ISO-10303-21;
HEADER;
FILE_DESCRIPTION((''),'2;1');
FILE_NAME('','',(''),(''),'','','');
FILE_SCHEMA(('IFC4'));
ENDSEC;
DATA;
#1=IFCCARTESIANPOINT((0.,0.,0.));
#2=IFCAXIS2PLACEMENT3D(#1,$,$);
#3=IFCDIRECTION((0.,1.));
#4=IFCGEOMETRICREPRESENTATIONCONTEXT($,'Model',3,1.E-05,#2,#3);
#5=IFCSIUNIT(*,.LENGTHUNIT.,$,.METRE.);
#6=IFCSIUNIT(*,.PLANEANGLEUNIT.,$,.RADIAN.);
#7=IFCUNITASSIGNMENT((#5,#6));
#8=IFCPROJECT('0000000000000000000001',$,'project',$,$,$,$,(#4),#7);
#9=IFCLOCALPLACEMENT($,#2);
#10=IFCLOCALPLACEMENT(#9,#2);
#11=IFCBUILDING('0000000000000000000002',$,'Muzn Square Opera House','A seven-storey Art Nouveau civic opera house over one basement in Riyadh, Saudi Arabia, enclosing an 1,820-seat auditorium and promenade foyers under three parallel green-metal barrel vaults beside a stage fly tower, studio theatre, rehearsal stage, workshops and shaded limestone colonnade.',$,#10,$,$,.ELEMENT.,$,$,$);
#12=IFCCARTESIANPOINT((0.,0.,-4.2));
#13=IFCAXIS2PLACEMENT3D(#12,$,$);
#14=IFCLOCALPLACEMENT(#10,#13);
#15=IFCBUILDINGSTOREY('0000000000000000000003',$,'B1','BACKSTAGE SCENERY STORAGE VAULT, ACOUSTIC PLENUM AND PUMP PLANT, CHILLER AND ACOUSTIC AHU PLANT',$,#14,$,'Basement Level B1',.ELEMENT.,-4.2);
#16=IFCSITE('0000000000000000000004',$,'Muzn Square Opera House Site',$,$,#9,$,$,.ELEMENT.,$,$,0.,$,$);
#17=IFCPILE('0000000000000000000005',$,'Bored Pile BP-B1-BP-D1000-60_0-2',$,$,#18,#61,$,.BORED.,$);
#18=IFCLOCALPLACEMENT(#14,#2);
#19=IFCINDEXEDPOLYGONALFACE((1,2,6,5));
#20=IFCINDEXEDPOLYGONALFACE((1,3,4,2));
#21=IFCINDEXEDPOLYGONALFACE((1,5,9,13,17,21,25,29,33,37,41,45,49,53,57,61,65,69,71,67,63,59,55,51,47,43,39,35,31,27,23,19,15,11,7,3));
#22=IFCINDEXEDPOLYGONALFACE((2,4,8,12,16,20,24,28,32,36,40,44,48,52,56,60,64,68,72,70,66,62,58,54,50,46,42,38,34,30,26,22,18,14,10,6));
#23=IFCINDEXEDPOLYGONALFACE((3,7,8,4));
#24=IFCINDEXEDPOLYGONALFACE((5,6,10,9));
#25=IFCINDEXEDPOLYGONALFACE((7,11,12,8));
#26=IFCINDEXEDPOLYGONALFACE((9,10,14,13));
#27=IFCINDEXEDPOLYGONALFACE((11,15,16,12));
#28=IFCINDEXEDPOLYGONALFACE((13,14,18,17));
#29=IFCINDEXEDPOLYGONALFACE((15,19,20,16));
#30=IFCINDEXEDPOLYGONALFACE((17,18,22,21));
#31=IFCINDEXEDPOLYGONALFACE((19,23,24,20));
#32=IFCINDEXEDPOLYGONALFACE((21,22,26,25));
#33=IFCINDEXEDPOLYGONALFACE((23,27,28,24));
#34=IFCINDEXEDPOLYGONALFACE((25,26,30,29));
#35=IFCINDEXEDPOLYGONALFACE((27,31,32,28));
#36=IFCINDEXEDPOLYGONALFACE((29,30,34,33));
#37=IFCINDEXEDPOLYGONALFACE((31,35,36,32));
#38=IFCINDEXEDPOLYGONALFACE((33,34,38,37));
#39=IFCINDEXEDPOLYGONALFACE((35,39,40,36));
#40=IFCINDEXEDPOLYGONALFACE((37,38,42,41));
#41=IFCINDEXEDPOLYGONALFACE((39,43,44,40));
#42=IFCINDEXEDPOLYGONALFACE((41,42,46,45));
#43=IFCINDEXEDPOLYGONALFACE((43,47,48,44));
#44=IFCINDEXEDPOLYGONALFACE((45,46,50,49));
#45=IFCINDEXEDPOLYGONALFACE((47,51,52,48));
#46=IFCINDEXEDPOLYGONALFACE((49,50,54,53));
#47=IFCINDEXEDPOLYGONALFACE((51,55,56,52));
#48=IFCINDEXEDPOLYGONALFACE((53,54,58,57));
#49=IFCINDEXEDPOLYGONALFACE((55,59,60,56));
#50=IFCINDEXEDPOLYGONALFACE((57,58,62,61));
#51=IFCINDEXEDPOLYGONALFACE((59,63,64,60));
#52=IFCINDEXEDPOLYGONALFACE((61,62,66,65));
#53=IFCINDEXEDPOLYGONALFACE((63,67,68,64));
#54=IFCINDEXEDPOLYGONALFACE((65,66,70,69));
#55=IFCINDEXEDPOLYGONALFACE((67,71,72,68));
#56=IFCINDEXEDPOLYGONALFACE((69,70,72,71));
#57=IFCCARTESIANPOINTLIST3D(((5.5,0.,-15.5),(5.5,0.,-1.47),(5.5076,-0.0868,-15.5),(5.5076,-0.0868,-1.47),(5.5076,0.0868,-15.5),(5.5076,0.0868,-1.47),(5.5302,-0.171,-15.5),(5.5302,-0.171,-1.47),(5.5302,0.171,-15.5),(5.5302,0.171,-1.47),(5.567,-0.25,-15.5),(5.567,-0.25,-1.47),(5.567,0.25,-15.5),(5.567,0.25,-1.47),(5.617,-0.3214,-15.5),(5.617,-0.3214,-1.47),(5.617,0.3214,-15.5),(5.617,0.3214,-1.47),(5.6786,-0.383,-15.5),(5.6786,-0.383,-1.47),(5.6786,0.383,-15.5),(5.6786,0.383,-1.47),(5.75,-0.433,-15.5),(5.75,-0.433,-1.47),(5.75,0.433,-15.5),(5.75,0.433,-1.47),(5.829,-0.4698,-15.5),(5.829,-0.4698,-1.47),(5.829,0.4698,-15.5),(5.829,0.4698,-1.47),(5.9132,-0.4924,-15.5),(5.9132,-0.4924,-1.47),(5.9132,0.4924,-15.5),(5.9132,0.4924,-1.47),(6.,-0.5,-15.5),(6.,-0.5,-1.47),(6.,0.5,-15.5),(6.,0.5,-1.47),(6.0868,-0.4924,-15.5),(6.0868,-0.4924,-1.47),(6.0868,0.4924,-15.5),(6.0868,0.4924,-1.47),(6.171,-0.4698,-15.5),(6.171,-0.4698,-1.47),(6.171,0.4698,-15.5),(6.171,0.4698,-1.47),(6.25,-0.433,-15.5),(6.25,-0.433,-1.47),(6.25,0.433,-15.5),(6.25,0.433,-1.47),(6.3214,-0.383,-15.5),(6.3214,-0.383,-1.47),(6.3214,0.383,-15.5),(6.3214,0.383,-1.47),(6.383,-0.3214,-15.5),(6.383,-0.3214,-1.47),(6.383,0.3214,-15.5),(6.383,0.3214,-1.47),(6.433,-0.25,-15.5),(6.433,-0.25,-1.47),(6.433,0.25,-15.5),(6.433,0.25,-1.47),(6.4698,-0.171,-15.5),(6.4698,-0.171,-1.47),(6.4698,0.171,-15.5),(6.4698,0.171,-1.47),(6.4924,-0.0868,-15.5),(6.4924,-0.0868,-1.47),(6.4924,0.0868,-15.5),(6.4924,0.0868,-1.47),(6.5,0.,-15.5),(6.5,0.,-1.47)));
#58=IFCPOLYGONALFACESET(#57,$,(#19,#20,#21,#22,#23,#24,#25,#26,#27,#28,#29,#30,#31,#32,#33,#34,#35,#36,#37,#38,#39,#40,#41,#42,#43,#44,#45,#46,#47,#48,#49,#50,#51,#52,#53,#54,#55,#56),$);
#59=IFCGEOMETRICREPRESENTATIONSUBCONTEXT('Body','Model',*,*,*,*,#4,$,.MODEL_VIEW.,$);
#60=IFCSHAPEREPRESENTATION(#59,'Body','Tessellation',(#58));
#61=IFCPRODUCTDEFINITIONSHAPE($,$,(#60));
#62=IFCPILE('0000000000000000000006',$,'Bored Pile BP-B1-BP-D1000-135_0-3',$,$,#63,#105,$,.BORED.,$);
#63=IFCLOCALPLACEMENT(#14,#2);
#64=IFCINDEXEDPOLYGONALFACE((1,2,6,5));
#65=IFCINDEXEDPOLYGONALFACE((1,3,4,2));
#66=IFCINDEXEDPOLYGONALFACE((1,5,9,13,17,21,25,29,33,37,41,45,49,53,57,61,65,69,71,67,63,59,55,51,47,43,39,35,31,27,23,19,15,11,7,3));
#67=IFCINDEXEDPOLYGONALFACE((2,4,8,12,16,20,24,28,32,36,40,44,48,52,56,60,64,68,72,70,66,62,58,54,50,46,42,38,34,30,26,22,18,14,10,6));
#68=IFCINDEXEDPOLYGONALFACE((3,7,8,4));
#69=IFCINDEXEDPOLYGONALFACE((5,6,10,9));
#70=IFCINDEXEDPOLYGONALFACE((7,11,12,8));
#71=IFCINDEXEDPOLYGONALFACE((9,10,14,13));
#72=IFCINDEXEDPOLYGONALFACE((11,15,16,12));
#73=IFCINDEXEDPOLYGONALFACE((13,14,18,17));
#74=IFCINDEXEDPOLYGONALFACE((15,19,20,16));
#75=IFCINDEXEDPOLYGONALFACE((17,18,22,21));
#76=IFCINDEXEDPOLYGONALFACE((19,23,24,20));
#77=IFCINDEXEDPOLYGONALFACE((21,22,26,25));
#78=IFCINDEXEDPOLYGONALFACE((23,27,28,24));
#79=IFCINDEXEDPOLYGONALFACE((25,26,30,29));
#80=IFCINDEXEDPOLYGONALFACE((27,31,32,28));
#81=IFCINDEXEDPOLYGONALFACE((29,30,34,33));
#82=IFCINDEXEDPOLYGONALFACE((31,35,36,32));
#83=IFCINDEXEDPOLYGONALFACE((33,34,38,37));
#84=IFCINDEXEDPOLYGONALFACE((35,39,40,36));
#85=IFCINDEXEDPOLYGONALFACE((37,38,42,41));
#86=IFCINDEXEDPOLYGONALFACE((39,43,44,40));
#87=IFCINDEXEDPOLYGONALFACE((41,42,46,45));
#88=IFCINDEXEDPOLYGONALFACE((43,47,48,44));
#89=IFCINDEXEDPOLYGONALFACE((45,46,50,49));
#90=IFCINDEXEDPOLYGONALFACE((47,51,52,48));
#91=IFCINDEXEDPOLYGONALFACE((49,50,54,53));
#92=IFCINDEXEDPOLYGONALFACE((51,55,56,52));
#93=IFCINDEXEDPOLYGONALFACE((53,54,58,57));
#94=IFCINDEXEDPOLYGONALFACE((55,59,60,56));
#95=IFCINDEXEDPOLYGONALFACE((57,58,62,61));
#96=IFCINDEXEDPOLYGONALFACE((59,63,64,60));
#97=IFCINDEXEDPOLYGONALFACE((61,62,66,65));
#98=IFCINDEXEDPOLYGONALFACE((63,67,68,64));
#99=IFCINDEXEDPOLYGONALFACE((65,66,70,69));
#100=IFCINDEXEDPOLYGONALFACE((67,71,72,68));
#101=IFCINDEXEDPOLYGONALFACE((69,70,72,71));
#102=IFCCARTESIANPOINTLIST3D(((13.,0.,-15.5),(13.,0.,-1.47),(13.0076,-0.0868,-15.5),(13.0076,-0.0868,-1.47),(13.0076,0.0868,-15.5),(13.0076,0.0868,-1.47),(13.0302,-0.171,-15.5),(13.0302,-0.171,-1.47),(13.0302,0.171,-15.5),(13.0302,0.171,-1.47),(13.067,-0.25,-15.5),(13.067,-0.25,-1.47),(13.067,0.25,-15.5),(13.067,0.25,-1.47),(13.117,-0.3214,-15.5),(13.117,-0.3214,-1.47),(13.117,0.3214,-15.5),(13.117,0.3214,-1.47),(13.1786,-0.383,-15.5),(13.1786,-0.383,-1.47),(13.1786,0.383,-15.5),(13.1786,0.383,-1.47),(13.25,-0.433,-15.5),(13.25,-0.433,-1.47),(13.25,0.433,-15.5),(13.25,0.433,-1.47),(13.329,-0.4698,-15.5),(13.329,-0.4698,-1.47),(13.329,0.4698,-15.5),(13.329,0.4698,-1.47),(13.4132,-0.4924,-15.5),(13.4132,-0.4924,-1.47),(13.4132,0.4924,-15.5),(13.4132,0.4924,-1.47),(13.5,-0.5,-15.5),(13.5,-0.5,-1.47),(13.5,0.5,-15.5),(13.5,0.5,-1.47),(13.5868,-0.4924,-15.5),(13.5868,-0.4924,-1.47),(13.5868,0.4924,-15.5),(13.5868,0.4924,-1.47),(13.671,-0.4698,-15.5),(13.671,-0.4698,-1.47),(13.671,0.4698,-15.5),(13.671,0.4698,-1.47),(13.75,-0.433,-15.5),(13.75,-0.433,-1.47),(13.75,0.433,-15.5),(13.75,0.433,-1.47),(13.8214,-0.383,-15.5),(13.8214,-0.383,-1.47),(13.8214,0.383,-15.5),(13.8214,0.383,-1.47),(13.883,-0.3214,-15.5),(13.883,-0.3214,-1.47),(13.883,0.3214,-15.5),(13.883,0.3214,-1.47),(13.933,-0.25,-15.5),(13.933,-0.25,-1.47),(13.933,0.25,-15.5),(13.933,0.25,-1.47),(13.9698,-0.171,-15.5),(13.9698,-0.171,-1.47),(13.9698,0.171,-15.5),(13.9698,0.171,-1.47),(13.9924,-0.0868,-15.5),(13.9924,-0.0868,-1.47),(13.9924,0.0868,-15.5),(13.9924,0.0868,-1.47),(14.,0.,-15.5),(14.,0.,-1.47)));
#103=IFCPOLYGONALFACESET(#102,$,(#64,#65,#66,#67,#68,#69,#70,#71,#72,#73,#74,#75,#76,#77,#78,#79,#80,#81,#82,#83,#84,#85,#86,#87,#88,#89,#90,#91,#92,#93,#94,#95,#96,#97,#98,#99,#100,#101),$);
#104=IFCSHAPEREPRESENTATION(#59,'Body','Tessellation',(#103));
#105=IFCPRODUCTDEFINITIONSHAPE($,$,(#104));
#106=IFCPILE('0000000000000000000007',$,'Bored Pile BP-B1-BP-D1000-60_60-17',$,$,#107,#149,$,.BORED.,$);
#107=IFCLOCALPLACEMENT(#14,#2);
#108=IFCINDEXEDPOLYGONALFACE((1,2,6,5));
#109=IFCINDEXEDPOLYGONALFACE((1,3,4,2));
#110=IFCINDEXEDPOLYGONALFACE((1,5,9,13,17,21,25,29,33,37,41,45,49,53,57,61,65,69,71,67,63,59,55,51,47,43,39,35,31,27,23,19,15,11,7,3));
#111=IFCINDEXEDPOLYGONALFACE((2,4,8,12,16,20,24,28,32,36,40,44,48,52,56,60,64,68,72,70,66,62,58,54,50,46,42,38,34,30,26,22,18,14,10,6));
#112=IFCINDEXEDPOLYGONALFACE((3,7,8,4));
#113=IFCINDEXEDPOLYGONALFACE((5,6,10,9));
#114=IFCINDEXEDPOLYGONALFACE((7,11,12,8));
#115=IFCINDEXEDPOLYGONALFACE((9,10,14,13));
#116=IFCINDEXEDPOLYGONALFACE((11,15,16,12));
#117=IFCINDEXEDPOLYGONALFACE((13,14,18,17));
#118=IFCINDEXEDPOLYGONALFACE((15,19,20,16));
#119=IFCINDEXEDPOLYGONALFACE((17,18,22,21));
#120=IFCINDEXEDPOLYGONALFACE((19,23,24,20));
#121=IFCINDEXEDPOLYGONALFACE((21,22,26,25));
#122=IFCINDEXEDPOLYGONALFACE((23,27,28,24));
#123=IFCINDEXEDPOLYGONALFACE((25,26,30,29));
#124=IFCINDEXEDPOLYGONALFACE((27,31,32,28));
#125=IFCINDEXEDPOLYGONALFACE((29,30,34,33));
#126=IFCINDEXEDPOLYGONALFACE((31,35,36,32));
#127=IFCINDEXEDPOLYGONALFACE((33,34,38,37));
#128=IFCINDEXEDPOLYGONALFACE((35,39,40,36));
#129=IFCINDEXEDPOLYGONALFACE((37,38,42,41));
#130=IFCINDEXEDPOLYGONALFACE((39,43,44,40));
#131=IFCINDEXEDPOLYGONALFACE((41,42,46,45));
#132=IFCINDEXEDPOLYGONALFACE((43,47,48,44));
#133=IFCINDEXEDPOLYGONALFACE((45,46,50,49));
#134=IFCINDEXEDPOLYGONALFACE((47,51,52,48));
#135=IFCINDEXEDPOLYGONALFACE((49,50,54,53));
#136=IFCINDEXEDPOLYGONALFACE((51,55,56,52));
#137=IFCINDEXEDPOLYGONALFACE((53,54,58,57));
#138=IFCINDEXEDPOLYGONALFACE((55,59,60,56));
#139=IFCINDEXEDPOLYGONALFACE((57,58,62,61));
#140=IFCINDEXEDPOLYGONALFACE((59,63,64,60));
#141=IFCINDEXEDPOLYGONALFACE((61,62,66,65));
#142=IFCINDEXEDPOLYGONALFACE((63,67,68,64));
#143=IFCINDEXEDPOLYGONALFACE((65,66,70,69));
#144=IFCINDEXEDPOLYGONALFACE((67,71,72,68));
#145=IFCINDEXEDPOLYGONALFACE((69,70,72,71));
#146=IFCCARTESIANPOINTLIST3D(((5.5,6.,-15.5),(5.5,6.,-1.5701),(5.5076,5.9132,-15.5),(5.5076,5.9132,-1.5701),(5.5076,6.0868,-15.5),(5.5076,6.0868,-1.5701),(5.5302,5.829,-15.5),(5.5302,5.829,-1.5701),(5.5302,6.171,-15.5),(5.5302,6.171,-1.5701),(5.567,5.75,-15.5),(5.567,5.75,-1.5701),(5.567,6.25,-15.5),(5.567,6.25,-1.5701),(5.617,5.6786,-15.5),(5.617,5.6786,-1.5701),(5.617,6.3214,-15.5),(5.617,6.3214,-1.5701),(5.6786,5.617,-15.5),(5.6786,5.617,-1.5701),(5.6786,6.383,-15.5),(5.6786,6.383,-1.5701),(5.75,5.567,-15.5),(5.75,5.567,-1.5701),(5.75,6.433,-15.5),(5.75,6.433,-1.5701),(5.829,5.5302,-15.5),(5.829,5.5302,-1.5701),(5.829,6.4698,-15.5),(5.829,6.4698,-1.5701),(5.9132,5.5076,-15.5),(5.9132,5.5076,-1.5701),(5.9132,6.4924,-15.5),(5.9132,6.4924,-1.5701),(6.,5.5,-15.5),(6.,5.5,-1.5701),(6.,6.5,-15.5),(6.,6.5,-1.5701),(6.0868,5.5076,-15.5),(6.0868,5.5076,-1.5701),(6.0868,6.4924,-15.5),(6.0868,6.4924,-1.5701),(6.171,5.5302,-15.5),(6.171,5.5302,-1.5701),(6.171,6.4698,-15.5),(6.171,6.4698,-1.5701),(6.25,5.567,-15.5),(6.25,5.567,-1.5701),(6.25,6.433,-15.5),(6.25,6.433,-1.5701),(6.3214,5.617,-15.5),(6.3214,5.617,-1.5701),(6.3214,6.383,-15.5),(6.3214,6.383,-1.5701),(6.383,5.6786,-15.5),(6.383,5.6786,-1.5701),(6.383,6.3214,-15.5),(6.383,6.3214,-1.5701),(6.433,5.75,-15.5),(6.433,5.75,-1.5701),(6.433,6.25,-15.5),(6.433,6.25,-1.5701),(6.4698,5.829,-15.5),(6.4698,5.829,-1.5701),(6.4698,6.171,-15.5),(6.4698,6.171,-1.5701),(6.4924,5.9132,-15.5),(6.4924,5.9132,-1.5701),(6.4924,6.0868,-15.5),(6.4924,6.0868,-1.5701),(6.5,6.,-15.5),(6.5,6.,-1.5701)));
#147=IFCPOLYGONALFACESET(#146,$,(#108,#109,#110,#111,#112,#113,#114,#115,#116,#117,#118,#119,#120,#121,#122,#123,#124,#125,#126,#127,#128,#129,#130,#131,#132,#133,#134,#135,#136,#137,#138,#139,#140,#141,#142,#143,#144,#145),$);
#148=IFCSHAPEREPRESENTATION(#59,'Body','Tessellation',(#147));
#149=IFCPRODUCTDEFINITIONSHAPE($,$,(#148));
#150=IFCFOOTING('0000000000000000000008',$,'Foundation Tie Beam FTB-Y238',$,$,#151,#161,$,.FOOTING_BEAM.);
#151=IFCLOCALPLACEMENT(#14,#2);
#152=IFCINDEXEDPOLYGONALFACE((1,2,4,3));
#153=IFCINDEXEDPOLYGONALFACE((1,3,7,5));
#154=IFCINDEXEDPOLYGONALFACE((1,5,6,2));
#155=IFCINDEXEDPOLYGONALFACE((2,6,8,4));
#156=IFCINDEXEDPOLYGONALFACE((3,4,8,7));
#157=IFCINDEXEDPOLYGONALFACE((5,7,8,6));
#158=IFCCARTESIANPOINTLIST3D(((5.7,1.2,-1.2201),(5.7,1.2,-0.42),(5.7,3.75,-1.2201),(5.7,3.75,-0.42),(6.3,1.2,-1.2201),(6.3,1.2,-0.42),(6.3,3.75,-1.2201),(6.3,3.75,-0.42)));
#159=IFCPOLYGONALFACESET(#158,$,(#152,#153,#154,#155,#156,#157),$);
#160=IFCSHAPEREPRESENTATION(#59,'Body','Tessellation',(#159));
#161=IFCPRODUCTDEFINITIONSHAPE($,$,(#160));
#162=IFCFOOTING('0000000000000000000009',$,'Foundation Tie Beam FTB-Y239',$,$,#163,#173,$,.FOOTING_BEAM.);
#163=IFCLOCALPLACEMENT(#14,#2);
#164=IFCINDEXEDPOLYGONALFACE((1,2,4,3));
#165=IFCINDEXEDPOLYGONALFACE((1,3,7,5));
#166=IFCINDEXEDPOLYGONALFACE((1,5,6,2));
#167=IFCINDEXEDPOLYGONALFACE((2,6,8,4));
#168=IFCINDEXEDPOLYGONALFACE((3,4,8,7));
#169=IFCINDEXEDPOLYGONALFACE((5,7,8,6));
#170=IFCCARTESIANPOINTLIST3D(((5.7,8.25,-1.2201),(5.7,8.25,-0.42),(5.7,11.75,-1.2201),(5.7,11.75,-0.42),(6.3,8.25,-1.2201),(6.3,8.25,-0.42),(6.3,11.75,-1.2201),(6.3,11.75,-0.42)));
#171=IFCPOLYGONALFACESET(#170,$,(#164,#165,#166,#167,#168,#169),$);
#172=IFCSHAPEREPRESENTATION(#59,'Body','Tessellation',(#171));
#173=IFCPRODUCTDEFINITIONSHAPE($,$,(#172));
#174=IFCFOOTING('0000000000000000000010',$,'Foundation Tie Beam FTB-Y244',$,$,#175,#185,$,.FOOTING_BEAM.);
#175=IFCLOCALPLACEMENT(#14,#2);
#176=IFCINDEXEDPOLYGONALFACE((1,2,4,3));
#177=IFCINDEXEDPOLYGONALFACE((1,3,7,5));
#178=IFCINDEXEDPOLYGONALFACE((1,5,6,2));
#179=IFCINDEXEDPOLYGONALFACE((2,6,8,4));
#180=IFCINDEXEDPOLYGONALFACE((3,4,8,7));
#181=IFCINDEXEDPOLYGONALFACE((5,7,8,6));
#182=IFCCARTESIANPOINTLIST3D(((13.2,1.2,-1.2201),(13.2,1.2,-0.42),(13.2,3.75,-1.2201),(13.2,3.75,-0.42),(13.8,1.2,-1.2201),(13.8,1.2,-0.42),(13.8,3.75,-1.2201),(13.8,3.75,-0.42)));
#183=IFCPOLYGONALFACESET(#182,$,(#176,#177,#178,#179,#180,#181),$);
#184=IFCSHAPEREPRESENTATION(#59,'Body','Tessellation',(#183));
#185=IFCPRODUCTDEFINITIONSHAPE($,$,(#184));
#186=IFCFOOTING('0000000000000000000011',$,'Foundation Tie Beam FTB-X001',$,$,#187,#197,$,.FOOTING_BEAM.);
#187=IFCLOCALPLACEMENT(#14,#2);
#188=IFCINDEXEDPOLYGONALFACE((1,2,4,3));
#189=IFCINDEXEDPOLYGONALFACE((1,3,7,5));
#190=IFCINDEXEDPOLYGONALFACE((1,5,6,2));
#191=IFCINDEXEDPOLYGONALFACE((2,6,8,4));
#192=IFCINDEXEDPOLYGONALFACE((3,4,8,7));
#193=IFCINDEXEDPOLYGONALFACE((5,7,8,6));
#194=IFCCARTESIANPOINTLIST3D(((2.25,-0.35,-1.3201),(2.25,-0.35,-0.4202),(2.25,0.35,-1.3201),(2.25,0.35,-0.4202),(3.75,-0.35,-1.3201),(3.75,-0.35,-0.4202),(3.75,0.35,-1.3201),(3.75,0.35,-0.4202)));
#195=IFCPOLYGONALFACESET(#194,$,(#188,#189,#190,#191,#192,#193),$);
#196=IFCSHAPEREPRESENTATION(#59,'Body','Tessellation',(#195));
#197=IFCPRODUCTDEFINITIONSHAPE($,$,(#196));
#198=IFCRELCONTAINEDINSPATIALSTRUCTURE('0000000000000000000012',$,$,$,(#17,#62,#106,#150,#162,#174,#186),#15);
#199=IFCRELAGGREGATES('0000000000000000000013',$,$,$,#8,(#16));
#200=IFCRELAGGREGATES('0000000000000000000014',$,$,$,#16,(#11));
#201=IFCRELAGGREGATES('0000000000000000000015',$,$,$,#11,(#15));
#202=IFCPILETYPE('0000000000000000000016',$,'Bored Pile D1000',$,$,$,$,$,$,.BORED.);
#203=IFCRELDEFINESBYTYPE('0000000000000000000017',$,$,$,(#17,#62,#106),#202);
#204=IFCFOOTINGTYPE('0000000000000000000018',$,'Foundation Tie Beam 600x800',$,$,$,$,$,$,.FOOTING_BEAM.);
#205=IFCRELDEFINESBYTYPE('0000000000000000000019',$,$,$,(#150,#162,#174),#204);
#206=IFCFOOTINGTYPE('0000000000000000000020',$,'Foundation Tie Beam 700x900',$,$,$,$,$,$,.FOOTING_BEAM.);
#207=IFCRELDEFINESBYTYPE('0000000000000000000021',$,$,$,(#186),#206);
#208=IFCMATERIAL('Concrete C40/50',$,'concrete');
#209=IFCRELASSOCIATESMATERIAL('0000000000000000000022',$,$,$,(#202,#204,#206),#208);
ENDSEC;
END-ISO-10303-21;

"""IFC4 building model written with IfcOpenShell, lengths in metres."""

from ifc_helpers import new_model, si_unit, direction, frame, origin, origin_2d, place, context, subcontext, project, spatial, rectangle, circle, extrude, material, material_profile, profile_set, type_object, element, save


model = new_model("IFC4")

# Units and contexts
model_context = context("Model", 3, precision=1e-05, world=origin(), true_north=direction((0.0, 1.0)))
body_context = subcontext(model_context, "Body", "Model", "MODEL_VIEW")
ifc_project = project(units=[si_unit("LENGTHUNIT", "METRE"), si_unit("PLANEANGLEUNIT", "RADIAN")], contexts=[model_context])

# Site, building, storey
site_placement = place(None, origin())
site = spatial("IfcSite", under=ifc_project, at=site_placement, Name="Muzn Square Opera House Site", CompositionType="ELEMENT", RefElevation=0.0)
building_placement = place(site_placement, origin())
building = spatial("IfcBuilding", under=site, at=building_placement, Name="Muzn Square Opera House", Description="A seven-storey Art Nouveau civic opera house over one basement in Riyadh, Saudi Arabia, enclosing an 1,820-seat auditorium and promenade foyers under three parallel green-metal barrel vaults beside a stage fly tower, studio theatre, rehearsal stage, workshops and shaded limestone colonnade.", CompositionType="ELEMENT")
storey_placement = place(building_placement, frame((0.0, 0.0, -4.2)))
storey = spatial("IfcBuildingStorey", under=building, at=storey_placement, Name="B1", Description="BACKSTAGE SCENERY STORAGE VAULT, ACOUSTIC PLENUM AND PUMP PLANT, CHILLER AND ACOUSTIC AHU PLANT", LongName="Basement Level B1", CompositionType="ELEMENT", Elevation=-4.2)

# Piles
ifc_material_1 = material(Name="Concrete C40/50", Category="concrete")
ifc_material_profile_1 = material_profile(ifc_material_1, circle(Radius=0.5, at=origin_2d()), Name="BORED PILE D1000", Category="concrete")
ifc_profile_set_1 = profile_set([ifc_material_profile_1], Name="Concrete C40/50")
pile_type = type_object("IfcPileType", Name="Bored Pile D1000", PredefinedType="BORED", material=ifc_profile_set_1)
for number, where, z_axis, x_axis, name in (
    (1, (6.0, 0.0, -1.47), (0.0, 0.0, -1.0), (1.0, 0.0, 0.0), "Bored Pile BP-B1-BP-D1000-60_0-2"),
    (2, (13.5, 0.0, -1.47), (0.0, 0.0, -1.0), (1.0, 0.0, 0.0), "Bored Pile BP-B1-BP-D1000-135_0-3"),
):
    element("IfcPile", number, at=place(storey_placement, frame(where, z_axis=z_axis, x_axis=x_axis)), inside=storey, type_object=pile_type, Name=name, PredefinedType="BORED", context=body_context, shape_type="SweptSolid", body=[
        extrude(circle(Radius=0.5, at=origin_2d()), origin(), (0.0, 0.0, 1.0), 14.03),
    ])
pile_placement = place(storey_placement, frame((6.0, 6.0, -1.5701), z_axis=(0.0, 0.0, -1.0), x_axis=(1.0, 0.0, 0.0)))
element("IfcPile", 3, at=pile_placement, inside=storey, type_object=pile_type, Name="Bored Pile BP-B1-BP-D1000-60_60-17", PredefinedType="BORED", context=body_context, shape_type="SweptSolid", body=[
    extrude(circle(Radius=0.5, at=origin_2d()), origin(), (0.0, 0.0, 1.0), 13.9299),
])

# Footings
ifc_material_profile_2 = material_profile(ifc_material_1, rectangle(XDim=0.6001, YDim=0.8, at=origin_2d()), Name="RCTB 600x800", Category="concrete")
ifc_profile_set_2 = profile_set([ifc_material_profile_2], Name="Concrete C40/50")
footing_type_1 = type_object("IfcFootingType", Name="Foundation Tie Beam 600x800", PredefinedType="FOOTING_BEAM", material=ifc_profile_set_2)
footing_1_placement = place(storey_placement, frame((6.0, 1.2, -0.8201), z_axis=(0.0, 1.0, 0.0), x_axis=(-1.0, 0.0, 0.0)))
element("IfcFooting", 4, at=footing_1_placement, inside=storey, type_object=footing_type_1, Name="Foundation Tie Beam FTB-Y238", PredefinedType="FOOTING_BEAM", context=body_context, shape_type="SweptSolid", body=[
    extrude(rectangle(XDim=0.6001, YDim=0.8, at=origin_2d()), origin(), (0.0, 0.0, 1.0), 2.55),
])
footing_2_placement = place(storey_placement, frame((6.0, 8.25, -0.8201), z_axis=(0.0, 1.0, 0.0), x_axis=(-1.0, 0.0, 0.0)))
element("IfcFooting", 5, at=footing_2_placement, inside=storey, type_object=footing_type_1, Name="Foundation Tie Beam FTB-Y239", PredefinedType="FOOTING_BEAM", context=body_context, shape_type="SweptSolid", body=[
    extrude(rectangle(XDim=0.6001, YDim=0.8, at=origin_2d()), origin(), (0.0, 0.0, 1.0), 3.5),
])
footing_3_placement = place(storey_placement, frame((13.5, 1.2, -0.8201), z_axis=(0.0, 1.0, 0.0), x_axis=(-1.0, 0.0, 0.0)))
element("IfcFooting", 6, at=footing_3_placement, inside=storey, type_object=footing_type_1, Name="Foundation Tie Beam FTB-Y244", PredefinedType="FOOTING_BEAM", context=body_context, shape_type="SweptSolid", body=[
    extrude(rectangle(XDim=0.6001, YDim=0.8, at=origin_2d()), origin(), (0.0, 0.0, 1.0), 2.55),
])
ifc_material_profile_3 = material_profile(ifc_material_1, rectangle(XDim=0.7, YDim=0.8999, at=origin_2d()), Name="RCTB 700x900", Category="concrete")
ifc_profile_set_3 = profile_set([ifc_material_profile_3], Name="Concrete C40/50")
footing_type_2 = type_object("IfcFootingType", Name="Foundation Tie Beam 700x900", PredefinedType="FOOTING_BEAM", material=ifc_profile_set_3)
footing_4_placement = place(storey_placement, frame((2.25, 0.0, -0.8701), z_axis=(1.0, 0.0, 0.0), x_axis=(0.0, 1.0, 0.0)))
element("IfcFooting", 7, at=footing_4_placement, inside=storey, type_object=footing_type_2, Name="Foundation Tie Beam FTB-X001", PredefinedType="FOOTING_BEAM", context=body_context, shape_type="SweptSolid", body=[
    extrude(rectangle(XDim=0.7, YDim=0.8999, at=origin_2d()), origin(), (0.0, 0.0, 1.0), 1.5),
])

save(model, "model.ifc")
